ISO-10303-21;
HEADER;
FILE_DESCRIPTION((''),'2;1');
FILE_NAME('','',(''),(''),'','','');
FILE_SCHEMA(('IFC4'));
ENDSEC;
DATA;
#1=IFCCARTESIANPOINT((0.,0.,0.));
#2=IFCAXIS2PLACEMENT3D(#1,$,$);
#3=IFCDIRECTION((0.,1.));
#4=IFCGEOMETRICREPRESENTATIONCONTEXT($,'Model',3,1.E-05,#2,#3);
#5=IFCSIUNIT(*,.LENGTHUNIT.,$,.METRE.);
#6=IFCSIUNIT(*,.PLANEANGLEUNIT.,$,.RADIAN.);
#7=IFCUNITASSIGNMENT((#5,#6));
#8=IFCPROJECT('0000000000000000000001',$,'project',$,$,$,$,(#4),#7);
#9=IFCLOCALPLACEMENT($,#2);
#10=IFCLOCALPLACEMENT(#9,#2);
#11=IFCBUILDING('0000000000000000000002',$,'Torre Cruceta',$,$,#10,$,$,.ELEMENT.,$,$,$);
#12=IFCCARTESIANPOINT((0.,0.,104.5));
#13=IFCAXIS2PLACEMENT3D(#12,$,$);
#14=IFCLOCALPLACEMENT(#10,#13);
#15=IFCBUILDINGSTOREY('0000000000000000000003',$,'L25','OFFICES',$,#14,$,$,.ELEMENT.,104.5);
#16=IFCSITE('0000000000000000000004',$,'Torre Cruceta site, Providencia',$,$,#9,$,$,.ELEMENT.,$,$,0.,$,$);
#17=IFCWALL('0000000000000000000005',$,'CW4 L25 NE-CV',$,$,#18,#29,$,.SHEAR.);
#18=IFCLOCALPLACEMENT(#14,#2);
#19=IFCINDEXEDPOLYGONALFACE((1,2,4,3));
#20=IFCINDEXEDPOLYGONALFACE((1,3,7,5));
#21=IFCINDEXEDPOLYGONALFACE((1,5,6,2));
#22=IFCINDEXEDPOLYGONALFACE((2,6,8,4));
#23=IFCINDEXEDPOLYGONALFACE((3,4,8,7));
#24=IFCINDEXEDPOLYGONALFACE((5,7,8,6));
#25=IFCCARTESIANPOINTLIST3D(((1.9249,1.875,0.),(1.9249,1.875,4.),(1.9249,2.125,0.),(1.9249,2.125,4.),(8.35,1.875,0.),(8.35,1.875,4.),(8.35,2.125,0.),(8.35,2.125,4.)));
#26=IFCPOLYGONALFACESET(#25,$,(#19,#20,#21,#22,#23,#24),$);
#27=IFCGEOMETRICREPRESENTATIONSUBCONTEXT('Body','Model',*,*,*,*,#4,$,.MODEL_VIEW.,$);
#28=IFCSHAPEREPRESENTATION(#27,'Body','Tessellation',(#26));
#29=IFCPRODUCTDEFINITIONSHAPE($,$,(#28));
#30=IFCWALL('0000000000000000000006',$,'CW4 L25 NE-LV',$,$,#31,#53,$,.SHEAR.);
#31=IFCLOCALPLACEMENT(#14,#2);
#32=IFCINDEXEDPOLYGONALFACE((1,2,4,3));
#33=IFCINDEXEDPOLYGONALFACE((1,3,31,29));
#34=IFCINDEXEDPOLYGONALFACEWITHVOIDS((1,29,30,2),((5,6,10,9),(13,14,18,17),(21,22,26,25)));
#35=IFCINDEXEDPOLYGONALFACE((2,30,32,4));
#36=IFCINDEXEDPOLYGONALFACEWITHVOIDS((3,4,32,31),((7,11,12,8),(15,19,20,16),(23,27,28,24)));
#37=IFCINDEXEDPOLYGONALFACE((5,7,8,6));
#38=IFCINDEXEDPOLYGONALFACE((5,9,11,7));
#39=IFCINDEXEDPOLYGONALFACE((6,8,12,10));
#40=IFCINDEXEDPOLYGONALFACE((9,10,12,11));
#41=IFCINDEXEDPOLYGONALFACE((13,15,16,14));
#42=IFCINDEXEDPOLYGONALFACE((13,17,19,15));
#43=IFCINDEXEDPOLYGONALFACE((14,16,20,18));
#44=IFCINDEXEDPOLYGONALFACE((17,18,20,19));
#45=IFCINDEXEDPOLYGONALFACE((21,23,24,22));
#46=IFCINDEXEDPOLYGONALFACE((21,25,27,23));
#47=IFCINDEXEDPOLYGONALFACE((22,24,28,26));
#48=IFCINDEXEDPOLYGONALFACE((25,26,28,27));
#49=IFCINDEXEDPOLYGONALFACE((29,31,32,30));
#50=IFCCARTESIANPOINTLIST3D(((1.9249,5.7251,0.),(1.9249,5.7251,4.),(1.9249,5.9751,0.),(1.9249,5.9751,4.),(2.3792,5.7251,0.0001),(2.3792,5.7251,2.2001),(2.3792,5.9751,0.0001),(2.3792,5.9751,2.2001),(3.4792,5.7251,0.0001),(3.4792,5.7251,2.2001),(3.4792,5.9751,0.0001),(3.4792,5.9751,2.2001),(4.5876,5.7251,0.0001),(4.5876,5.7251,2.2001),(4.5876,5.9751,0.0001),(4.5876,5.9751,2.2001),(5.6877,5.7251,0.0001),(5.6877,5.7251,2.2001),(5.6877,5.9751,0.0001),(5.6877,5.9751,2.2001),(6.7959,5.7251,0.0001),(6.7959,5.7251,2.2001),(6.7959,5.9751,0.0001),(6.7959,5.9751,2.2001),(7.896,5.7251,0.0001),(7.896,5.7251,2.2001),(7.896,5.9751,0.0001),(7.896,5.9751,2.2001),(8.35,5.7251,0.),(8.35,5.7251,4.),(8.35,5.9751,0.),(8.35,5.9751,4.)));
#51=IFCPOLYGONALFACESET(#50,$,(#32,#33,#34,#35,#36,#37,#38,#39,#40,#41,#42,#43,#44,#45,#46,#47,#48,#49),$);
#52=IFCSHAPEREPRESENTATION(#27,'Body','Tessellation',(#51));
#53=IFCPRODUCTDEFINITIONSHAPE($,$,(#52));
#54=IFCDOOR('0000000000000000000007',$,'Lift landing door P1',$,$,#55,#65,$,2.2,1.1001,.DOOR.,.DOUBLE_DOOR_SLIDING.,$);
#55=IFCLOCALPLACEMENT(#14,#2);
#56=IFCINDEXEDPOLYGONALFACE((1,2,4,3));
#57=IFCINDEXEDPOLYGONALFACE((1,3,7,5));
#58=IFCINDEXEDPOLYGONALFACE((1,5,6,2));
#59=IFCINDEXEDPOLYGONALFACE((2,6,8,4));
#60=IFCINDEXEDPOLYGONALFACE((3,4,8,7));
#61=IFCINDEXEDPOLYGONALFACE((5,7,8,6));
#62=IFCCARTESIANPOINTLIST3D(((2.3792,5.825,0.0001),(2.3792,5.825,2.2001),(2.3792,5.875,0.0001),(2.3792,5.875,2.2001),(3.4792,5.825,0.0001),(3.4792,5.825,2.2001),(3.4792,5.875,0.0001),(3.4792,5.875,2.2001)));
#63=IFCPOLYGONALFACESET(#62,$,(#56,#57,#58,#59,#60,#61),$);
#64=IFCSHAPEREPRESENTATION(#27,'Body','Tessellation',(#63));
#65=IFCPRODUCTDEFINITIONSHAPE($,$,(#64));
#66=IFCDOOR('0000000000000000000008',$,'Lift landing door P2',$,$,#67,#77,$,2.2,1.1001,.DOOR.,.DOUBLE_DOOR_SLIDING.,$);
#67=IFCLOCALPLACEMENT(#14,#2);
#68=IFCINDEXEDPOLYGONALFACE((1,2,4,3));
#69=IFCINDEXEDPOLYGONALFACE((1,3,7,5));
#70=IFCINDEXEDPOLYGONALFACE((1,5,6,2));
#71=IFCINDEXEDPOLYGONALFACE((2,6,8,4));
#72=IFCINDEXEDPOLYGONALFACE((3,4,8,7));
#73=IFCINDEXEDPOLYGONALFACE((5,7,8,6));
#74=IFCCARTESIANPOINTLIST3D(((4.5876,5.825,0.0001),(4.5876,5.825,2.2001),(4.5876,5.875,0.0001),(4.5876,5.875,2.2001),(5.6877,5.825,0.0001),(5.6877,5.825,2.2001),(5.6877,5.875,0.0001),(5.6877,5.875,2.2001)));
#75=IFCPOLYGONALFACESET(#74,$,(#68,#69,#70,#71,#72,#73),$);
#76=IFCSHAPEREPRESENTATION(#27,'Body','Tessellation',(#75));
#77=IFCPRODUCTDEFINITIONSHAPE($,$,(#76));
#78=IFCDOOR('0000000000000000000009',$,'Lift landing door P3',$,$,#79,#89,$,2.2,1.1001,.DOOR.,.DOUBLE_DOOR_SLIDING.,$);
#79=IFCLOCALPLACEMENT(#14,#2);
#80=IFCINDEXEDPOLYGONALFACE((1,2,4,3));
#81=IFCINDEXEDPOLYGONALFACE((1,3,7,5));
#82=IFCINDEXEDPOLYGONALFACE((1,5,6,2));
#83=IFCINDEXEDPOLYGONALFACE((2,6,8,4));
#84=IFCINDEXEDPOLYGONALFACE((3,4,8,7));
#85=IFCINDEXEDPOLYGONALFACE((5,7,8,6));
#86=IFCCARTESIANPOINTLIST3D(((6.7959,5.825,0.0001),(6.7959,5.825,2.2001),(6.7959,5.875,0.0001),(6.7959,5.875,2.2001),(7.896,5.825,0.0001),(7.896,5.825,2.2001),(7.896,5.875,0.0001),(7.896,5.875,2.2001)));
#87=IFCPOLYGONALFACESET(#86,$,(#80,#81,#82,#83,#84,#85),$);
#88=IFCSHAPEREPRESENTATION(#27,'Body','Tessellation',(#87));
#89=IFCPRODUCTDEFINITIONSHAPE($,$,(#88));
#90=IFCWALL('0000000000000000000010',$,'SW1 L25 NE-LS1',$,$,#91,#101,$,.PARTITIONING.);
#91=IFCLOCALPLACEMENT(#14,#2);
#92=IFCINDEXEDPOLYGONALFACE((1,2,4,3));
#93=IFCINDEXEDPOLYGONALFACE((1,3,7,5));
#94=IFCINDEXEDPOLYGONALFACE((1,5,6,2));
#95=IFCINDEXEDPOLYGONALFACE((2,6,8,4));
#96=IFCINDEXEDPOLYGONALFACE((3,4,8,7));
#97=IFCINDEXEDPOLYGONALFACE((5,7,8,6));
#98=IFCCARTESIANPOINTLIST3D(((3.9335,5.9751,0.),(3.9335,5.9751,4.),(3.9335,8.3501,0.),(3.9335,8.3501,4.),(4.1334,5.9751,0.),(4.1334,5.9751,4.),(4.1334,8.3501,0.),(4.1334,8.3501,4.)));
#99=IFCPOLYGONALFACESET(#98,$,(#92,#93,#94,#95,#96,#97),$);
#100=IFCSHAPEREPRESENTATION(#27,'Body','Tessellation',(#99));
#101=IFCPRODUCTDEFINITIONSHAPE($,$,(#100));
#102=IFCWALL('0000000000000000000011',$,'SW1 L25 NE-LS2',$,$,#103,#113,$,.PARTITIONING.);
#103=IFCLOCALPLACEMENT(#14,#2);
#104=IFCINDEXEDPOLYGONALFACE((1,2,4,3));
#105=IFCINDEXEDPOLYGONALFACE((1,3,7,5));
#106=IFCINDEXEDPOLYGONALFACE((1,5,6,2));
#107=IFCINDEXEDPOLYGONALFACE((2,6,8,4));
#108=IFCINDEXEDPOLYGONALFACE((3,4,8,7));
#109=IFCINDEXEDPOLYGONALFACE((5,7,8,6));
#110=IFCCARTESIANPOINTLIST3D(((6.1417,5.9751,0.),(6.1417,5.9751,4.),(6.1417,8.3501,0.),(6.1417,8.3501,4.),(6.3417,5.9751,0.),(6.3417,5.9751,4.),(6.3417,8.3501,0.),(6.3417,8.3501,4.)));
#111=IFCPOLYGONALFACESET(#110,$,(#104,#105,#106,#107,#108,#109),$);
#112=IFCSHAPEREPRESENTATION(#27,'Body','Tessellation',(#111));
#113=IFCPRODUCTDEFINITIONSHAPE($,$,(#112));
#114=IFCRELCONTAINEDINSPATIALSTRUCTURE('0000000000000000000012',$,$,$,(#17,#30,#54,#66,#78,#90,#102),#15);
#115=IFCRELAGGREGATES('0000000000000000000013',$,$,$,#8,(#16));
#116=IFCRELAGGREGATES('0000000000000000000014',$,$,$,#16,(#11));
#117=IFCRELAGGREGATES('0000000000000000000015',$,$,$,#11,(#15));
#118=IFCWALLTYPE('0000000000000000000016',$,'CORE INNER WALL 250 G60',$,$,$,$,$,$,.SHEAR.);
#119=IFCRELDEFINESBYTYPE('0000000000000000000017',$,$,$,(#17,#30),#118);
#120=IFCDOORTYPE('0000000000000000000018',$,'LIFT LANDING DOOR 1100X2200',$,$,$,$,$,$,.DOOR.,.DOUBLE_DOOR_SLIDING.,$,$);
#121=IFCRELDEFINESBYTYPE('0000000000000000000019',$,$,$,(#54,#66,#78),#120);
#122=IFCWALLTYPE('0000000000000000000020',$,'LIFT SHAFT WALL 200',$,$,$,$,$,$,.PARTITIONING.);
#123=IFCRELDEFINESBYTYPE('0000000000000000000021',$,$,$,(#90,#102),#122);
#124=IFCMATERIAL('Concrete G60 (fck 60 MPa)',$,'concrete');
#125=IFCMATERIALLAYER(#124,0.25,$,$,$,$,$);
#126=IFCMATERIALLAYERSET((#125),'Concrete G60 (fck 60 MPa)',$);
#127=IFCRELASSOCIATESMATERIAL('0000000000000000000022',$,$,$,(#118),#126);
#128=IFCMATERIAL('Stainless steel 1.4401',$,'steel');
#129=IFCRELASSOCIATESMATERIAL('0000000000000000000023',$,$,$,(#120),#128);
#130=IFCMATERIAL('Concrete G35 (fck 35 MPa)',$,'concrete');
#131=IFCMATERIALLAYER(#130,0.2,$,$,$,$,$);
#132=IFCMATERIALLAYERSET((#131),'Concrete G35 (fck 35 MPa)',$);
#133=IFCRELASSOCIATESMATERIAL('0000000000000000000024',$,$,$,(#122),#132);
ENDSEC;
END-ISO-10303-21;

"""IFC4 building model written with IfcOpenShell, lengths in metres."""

from ifc_helpers import new_model, si_unit, direction, frame, frame_2d, origin, place, context, subcontext, project, spatial, rectangle, extrude, material, layer, layer_set, type_object, element, fill, save


model = new_model("IFC4")

# Units and contexts
model_context = context("Model", 3, precision=1e-05, world=origin(), true_north=direction((0.0, 1.0)))
body_context = subcontext(model_context, "Body", "Model", "MODEL_VIEW")
ifc_project = project(units=[si_unit("LENGTHUNIT", "METRE"), si_unit("PLANEANGLEUNIT", "RADIAN")], contexts=[model_context])

# Site, building, storey
site_placement = place(None, origin())
site = spatial("IfcSite", under=ifc_project, at=site_placement, Name="Torre Cruceta site, Providencia", CompositionType="ELEMENT", RefElevation=0.0)
building_placement = place(site_placement, origin())
building = spatial("IfcBuilding", under=site, at=building_placement, Name="Torre Cruceta", CompositionType="ELEMENT")
storey_placement = place(building_placement, frame((0.0, 0.0, 104.5)))
storey = spatial("IfcBuildingStorey", under=building, at=storey_placement, Name="L25", Description="OFFICES", CompositionType="ELEMENT", Elevation=104.5)

# Wall
ifc_material_1 = material(Name="Concrete G60 (fck 60 MPa)", Category="concrete")
ifc_layer_1 = layer(ifc_material_1, 0.25)
ifc_layer_set_1 = layer_set([ifc_layer_1], Name="Concrete G60 (fck 60 MPa)")
wall_type_1 = type_object("IfcWallType", Name="CORE INNER WALL 250 G60", PredefinedType="SHEAR", material=ifc_layer_set_1)
wall_1_placement = place(storey_placement, frame((1.925, 2.0, 0.0), z_axis=(0.0, 0.0, 1.0), x_axis=(1.0, 0.0, 0.0)))
element("IfcWall", 1, at=wall_1_placement, inside=storey, type_object=wall_type_1, Name="CW4 L25 NE-CV", PredefinedType="SHEAR", context=body_context, shape_type="SweptSolid", body=[
    extrude(rectangle(XDim=6.425, YDim=0.25, at=frame_2d((3.2124, 0.0))), origin(), (0.0, 0.0, 1.0), 4.0),
])

# Wall, openings, doors
wall_2_placement = place(storey_placement, frame((1.925, 5.8501, 0.0), z_axis=(0.0, 0.0, 1.0), x_axis=(1.0, 0.0, 0.0)))
wall_2 = element("IfcWall", 2, at=wall_2_placement, inside=storey, type_object=wall_type_1, Name="CW4 L25 NE-LV", PredefinedType="SHEAR", context=body_context, shape_type="SweptSolid", body=[
    extrude(rectangle(XDim=6.425, YDim=0.25, at=frame_2d((3.2124, 0.0))), origin(), (0.0, 0.0, 1.0), 4.0),
])
opening_1_placement = place(wall_2_placement, frame((0.4541, 0.0, 0.0)))
opening_1 = element("IfcOpeningElement", 3, at=opening_1_placement, cuts=wall_2, PredefinedType="OPENING", context=body_context, shape_type="SweptSolid", body=[
    extrude(rectangle(XDim=1.1001, YDim=2.2, at=frame_2d((0.55, 1.1001))), frame((0.0, 0.135, 0.0), z_axis=(0.0, -1.0, 0.0), x_axis=(1.0, 0.0, 0.0)), (0.0, 0.0, 1.0), 0.27),
])
opening_2_placement = place(wall_2_placement, frame((2.6626, 0.0, 0.0)))
opening_2 = element("IfcOpeningElement", 4, at=opening_2_placement, cuts=wall_2, PredefinedType="OPENING", context=body_context, shape_type="SweptSolid", body=[
    extrude(rectangle(XDim=1.1001, YDim=2.2, at=frame_2d((0.55, 1.1001))), frame((0.0, 0.135, 0.0), z_axis=(0.0, -1.0, 0.0), x_axis=(1.0, 0.0, 0.0)), (0.0, 0.0, 1.0), 0.27),
])
opening_3_placement = place(wall_2_placement, frame((4.8708, 0.0, 0.0)))
opening_3 = element("IfcOpeningElement", 5, at=opening_3_placement, cuts=wall_2, PredefinedType="OPENING", context=body_context, shape_type="SweptSolid", body=[
    extrude(rectangle(XDim=1.1001, YDim=2.2, at=frame_2d((0.55, 1.1001))), frame((0.0, 0.135, 0.0), z_axis=(0.0, -1.0, 0.0), x_axis=(1.0, 0.0, 0.0)), (0.0, 0.0, 1.0), 0.27),
])
ifc_material_2 = material(Name="Stainless steel 1.4401", Category="steel")
door_type_1 = type_object("IfcDoorType", Name="LIFT LANDING DOOR 1100X2200", OperationType="DOUBLE_DOOR_SLIDING", PredefinedType="DOOR", material=ifc_material_2)
door_1_placement = place(opening_1_placement, origin())
door_1 = element("IfcDoor", 6, at=door_1_placement, inside=storey, type_object=door_type_1, Name="Lift landing door P1", OperationType="DOUBLE_DOOR_SLIDING", OverallHeight=2.2, OverallWidth=1.1001, PredefinedType="DOOR", context=body_context, shape_type="SweptSolid", body=[
    extrude(rectangle(XDim=1.1001, YDim=2.2, at=frame_2d((0.55, 1.1001))), frame((0.0, 0.0249, 0.0), z_axis=(0.0, -1.0, 0.0), x_axis=(1.0, 0.0, 0.0)), (0.0, 0.0, 1.0), 0.05),
])
fill(opening_1, door_1)
door_2_placement = place(opening_2_placement, origin())
door_2 = element("IfcDoor", 7, at=door_2_placement, inside=storey, type_object=door_type_1, Name="Lift landing door P2", OperationType="DOUBLE_DOOR_SLIDING", OverallHeight=2.2, OverallWidth=1.1001, PredefinedType="DOOR", context=body_context, shape_type="SweptSolid", body=[
    extrude(rectangle(XDim=1.1001, YDim=2.2, at=frame_2d((0.55, 1.1001))), frame((0.0, 0.0249, 0.0), z_axis=(0.0, -1.0, 0.0), x_axis=(1.0, 0.0, 0.0)), (0.0, 0.0, 1.0), 0.05),
])
fill(opening_2, door_2)
door_3_placement = place(opening_3_placement, origin())
door_3 = element("IfcDoor", 8, at=door_3_placement, inside=storey, type_object=door_type_1, Name="Lift landing door P3", OperationType="DOUBLE_DOOR_SLIDING", OverallHeight=2.2, OverallWidth=1.1001, PredefinedType="DOOR", context=body_context, shape_type="SweptSolid", body=[
    extrude(rectangle(XDim=1.1001, YDim=2.2, at=frame_2d((0.55, 1.1001))), frame((0.0, 0.0249, 0.0), z_axis=(0.0, -1.0, 0.0), x_axis=(1.0, 0.0, 0.0)), (0.0, 0.0, 1.0), 0.05),
])
fill(opening_3, door_3)

# Walls
ifc_material_3 = material(Name="Concrete G35 (fck 35 MPa)", Category="concrete")
ifc_layer_2 = layer(ifc_material_3, 0.2)
ifc_layer_set_2 = layer_set([ifc_layer_2], Name="Concrete G35 (fck 35 MPa)")
wall_type_2 = type_object("IfcWallType", Name="LIFT SHAFT WALL 200", PredefinedType="PARTITIONING", material=ifc_layer_set_2)
for number, where, z_axis, x_axis, name in (
    (9, (4.0334, 5.9751, 0.0), (0.0, 0.0, 1.0), (0.0, 1.0, 0.0), "SW1 L25 NE-LS1"),
    (10, (6.2417, 5.9751, 0.0), (0.0, 0.0, 1.0), (0.0, 1.0, 0.0), "SW1 L25 NE-LS2"),
):
    element("IfcWall", number, at=place(storey_placement, frame(where, z_axis=z_axis, x_axis=x_axis)), inside=storey, type_object=wall_type_2, Name=name, PredefinedType="PARTITIONING", context=body_context, shape_type="SweptSolid", body=[
        extrude(rectangle(XDim=2.375, YDim=0.2, at=frame_2d((1.1875, 0.0))), origin(), (0.0, 0.0, 1.0), 4.0),
    ])

save(model, "model.ifc")
